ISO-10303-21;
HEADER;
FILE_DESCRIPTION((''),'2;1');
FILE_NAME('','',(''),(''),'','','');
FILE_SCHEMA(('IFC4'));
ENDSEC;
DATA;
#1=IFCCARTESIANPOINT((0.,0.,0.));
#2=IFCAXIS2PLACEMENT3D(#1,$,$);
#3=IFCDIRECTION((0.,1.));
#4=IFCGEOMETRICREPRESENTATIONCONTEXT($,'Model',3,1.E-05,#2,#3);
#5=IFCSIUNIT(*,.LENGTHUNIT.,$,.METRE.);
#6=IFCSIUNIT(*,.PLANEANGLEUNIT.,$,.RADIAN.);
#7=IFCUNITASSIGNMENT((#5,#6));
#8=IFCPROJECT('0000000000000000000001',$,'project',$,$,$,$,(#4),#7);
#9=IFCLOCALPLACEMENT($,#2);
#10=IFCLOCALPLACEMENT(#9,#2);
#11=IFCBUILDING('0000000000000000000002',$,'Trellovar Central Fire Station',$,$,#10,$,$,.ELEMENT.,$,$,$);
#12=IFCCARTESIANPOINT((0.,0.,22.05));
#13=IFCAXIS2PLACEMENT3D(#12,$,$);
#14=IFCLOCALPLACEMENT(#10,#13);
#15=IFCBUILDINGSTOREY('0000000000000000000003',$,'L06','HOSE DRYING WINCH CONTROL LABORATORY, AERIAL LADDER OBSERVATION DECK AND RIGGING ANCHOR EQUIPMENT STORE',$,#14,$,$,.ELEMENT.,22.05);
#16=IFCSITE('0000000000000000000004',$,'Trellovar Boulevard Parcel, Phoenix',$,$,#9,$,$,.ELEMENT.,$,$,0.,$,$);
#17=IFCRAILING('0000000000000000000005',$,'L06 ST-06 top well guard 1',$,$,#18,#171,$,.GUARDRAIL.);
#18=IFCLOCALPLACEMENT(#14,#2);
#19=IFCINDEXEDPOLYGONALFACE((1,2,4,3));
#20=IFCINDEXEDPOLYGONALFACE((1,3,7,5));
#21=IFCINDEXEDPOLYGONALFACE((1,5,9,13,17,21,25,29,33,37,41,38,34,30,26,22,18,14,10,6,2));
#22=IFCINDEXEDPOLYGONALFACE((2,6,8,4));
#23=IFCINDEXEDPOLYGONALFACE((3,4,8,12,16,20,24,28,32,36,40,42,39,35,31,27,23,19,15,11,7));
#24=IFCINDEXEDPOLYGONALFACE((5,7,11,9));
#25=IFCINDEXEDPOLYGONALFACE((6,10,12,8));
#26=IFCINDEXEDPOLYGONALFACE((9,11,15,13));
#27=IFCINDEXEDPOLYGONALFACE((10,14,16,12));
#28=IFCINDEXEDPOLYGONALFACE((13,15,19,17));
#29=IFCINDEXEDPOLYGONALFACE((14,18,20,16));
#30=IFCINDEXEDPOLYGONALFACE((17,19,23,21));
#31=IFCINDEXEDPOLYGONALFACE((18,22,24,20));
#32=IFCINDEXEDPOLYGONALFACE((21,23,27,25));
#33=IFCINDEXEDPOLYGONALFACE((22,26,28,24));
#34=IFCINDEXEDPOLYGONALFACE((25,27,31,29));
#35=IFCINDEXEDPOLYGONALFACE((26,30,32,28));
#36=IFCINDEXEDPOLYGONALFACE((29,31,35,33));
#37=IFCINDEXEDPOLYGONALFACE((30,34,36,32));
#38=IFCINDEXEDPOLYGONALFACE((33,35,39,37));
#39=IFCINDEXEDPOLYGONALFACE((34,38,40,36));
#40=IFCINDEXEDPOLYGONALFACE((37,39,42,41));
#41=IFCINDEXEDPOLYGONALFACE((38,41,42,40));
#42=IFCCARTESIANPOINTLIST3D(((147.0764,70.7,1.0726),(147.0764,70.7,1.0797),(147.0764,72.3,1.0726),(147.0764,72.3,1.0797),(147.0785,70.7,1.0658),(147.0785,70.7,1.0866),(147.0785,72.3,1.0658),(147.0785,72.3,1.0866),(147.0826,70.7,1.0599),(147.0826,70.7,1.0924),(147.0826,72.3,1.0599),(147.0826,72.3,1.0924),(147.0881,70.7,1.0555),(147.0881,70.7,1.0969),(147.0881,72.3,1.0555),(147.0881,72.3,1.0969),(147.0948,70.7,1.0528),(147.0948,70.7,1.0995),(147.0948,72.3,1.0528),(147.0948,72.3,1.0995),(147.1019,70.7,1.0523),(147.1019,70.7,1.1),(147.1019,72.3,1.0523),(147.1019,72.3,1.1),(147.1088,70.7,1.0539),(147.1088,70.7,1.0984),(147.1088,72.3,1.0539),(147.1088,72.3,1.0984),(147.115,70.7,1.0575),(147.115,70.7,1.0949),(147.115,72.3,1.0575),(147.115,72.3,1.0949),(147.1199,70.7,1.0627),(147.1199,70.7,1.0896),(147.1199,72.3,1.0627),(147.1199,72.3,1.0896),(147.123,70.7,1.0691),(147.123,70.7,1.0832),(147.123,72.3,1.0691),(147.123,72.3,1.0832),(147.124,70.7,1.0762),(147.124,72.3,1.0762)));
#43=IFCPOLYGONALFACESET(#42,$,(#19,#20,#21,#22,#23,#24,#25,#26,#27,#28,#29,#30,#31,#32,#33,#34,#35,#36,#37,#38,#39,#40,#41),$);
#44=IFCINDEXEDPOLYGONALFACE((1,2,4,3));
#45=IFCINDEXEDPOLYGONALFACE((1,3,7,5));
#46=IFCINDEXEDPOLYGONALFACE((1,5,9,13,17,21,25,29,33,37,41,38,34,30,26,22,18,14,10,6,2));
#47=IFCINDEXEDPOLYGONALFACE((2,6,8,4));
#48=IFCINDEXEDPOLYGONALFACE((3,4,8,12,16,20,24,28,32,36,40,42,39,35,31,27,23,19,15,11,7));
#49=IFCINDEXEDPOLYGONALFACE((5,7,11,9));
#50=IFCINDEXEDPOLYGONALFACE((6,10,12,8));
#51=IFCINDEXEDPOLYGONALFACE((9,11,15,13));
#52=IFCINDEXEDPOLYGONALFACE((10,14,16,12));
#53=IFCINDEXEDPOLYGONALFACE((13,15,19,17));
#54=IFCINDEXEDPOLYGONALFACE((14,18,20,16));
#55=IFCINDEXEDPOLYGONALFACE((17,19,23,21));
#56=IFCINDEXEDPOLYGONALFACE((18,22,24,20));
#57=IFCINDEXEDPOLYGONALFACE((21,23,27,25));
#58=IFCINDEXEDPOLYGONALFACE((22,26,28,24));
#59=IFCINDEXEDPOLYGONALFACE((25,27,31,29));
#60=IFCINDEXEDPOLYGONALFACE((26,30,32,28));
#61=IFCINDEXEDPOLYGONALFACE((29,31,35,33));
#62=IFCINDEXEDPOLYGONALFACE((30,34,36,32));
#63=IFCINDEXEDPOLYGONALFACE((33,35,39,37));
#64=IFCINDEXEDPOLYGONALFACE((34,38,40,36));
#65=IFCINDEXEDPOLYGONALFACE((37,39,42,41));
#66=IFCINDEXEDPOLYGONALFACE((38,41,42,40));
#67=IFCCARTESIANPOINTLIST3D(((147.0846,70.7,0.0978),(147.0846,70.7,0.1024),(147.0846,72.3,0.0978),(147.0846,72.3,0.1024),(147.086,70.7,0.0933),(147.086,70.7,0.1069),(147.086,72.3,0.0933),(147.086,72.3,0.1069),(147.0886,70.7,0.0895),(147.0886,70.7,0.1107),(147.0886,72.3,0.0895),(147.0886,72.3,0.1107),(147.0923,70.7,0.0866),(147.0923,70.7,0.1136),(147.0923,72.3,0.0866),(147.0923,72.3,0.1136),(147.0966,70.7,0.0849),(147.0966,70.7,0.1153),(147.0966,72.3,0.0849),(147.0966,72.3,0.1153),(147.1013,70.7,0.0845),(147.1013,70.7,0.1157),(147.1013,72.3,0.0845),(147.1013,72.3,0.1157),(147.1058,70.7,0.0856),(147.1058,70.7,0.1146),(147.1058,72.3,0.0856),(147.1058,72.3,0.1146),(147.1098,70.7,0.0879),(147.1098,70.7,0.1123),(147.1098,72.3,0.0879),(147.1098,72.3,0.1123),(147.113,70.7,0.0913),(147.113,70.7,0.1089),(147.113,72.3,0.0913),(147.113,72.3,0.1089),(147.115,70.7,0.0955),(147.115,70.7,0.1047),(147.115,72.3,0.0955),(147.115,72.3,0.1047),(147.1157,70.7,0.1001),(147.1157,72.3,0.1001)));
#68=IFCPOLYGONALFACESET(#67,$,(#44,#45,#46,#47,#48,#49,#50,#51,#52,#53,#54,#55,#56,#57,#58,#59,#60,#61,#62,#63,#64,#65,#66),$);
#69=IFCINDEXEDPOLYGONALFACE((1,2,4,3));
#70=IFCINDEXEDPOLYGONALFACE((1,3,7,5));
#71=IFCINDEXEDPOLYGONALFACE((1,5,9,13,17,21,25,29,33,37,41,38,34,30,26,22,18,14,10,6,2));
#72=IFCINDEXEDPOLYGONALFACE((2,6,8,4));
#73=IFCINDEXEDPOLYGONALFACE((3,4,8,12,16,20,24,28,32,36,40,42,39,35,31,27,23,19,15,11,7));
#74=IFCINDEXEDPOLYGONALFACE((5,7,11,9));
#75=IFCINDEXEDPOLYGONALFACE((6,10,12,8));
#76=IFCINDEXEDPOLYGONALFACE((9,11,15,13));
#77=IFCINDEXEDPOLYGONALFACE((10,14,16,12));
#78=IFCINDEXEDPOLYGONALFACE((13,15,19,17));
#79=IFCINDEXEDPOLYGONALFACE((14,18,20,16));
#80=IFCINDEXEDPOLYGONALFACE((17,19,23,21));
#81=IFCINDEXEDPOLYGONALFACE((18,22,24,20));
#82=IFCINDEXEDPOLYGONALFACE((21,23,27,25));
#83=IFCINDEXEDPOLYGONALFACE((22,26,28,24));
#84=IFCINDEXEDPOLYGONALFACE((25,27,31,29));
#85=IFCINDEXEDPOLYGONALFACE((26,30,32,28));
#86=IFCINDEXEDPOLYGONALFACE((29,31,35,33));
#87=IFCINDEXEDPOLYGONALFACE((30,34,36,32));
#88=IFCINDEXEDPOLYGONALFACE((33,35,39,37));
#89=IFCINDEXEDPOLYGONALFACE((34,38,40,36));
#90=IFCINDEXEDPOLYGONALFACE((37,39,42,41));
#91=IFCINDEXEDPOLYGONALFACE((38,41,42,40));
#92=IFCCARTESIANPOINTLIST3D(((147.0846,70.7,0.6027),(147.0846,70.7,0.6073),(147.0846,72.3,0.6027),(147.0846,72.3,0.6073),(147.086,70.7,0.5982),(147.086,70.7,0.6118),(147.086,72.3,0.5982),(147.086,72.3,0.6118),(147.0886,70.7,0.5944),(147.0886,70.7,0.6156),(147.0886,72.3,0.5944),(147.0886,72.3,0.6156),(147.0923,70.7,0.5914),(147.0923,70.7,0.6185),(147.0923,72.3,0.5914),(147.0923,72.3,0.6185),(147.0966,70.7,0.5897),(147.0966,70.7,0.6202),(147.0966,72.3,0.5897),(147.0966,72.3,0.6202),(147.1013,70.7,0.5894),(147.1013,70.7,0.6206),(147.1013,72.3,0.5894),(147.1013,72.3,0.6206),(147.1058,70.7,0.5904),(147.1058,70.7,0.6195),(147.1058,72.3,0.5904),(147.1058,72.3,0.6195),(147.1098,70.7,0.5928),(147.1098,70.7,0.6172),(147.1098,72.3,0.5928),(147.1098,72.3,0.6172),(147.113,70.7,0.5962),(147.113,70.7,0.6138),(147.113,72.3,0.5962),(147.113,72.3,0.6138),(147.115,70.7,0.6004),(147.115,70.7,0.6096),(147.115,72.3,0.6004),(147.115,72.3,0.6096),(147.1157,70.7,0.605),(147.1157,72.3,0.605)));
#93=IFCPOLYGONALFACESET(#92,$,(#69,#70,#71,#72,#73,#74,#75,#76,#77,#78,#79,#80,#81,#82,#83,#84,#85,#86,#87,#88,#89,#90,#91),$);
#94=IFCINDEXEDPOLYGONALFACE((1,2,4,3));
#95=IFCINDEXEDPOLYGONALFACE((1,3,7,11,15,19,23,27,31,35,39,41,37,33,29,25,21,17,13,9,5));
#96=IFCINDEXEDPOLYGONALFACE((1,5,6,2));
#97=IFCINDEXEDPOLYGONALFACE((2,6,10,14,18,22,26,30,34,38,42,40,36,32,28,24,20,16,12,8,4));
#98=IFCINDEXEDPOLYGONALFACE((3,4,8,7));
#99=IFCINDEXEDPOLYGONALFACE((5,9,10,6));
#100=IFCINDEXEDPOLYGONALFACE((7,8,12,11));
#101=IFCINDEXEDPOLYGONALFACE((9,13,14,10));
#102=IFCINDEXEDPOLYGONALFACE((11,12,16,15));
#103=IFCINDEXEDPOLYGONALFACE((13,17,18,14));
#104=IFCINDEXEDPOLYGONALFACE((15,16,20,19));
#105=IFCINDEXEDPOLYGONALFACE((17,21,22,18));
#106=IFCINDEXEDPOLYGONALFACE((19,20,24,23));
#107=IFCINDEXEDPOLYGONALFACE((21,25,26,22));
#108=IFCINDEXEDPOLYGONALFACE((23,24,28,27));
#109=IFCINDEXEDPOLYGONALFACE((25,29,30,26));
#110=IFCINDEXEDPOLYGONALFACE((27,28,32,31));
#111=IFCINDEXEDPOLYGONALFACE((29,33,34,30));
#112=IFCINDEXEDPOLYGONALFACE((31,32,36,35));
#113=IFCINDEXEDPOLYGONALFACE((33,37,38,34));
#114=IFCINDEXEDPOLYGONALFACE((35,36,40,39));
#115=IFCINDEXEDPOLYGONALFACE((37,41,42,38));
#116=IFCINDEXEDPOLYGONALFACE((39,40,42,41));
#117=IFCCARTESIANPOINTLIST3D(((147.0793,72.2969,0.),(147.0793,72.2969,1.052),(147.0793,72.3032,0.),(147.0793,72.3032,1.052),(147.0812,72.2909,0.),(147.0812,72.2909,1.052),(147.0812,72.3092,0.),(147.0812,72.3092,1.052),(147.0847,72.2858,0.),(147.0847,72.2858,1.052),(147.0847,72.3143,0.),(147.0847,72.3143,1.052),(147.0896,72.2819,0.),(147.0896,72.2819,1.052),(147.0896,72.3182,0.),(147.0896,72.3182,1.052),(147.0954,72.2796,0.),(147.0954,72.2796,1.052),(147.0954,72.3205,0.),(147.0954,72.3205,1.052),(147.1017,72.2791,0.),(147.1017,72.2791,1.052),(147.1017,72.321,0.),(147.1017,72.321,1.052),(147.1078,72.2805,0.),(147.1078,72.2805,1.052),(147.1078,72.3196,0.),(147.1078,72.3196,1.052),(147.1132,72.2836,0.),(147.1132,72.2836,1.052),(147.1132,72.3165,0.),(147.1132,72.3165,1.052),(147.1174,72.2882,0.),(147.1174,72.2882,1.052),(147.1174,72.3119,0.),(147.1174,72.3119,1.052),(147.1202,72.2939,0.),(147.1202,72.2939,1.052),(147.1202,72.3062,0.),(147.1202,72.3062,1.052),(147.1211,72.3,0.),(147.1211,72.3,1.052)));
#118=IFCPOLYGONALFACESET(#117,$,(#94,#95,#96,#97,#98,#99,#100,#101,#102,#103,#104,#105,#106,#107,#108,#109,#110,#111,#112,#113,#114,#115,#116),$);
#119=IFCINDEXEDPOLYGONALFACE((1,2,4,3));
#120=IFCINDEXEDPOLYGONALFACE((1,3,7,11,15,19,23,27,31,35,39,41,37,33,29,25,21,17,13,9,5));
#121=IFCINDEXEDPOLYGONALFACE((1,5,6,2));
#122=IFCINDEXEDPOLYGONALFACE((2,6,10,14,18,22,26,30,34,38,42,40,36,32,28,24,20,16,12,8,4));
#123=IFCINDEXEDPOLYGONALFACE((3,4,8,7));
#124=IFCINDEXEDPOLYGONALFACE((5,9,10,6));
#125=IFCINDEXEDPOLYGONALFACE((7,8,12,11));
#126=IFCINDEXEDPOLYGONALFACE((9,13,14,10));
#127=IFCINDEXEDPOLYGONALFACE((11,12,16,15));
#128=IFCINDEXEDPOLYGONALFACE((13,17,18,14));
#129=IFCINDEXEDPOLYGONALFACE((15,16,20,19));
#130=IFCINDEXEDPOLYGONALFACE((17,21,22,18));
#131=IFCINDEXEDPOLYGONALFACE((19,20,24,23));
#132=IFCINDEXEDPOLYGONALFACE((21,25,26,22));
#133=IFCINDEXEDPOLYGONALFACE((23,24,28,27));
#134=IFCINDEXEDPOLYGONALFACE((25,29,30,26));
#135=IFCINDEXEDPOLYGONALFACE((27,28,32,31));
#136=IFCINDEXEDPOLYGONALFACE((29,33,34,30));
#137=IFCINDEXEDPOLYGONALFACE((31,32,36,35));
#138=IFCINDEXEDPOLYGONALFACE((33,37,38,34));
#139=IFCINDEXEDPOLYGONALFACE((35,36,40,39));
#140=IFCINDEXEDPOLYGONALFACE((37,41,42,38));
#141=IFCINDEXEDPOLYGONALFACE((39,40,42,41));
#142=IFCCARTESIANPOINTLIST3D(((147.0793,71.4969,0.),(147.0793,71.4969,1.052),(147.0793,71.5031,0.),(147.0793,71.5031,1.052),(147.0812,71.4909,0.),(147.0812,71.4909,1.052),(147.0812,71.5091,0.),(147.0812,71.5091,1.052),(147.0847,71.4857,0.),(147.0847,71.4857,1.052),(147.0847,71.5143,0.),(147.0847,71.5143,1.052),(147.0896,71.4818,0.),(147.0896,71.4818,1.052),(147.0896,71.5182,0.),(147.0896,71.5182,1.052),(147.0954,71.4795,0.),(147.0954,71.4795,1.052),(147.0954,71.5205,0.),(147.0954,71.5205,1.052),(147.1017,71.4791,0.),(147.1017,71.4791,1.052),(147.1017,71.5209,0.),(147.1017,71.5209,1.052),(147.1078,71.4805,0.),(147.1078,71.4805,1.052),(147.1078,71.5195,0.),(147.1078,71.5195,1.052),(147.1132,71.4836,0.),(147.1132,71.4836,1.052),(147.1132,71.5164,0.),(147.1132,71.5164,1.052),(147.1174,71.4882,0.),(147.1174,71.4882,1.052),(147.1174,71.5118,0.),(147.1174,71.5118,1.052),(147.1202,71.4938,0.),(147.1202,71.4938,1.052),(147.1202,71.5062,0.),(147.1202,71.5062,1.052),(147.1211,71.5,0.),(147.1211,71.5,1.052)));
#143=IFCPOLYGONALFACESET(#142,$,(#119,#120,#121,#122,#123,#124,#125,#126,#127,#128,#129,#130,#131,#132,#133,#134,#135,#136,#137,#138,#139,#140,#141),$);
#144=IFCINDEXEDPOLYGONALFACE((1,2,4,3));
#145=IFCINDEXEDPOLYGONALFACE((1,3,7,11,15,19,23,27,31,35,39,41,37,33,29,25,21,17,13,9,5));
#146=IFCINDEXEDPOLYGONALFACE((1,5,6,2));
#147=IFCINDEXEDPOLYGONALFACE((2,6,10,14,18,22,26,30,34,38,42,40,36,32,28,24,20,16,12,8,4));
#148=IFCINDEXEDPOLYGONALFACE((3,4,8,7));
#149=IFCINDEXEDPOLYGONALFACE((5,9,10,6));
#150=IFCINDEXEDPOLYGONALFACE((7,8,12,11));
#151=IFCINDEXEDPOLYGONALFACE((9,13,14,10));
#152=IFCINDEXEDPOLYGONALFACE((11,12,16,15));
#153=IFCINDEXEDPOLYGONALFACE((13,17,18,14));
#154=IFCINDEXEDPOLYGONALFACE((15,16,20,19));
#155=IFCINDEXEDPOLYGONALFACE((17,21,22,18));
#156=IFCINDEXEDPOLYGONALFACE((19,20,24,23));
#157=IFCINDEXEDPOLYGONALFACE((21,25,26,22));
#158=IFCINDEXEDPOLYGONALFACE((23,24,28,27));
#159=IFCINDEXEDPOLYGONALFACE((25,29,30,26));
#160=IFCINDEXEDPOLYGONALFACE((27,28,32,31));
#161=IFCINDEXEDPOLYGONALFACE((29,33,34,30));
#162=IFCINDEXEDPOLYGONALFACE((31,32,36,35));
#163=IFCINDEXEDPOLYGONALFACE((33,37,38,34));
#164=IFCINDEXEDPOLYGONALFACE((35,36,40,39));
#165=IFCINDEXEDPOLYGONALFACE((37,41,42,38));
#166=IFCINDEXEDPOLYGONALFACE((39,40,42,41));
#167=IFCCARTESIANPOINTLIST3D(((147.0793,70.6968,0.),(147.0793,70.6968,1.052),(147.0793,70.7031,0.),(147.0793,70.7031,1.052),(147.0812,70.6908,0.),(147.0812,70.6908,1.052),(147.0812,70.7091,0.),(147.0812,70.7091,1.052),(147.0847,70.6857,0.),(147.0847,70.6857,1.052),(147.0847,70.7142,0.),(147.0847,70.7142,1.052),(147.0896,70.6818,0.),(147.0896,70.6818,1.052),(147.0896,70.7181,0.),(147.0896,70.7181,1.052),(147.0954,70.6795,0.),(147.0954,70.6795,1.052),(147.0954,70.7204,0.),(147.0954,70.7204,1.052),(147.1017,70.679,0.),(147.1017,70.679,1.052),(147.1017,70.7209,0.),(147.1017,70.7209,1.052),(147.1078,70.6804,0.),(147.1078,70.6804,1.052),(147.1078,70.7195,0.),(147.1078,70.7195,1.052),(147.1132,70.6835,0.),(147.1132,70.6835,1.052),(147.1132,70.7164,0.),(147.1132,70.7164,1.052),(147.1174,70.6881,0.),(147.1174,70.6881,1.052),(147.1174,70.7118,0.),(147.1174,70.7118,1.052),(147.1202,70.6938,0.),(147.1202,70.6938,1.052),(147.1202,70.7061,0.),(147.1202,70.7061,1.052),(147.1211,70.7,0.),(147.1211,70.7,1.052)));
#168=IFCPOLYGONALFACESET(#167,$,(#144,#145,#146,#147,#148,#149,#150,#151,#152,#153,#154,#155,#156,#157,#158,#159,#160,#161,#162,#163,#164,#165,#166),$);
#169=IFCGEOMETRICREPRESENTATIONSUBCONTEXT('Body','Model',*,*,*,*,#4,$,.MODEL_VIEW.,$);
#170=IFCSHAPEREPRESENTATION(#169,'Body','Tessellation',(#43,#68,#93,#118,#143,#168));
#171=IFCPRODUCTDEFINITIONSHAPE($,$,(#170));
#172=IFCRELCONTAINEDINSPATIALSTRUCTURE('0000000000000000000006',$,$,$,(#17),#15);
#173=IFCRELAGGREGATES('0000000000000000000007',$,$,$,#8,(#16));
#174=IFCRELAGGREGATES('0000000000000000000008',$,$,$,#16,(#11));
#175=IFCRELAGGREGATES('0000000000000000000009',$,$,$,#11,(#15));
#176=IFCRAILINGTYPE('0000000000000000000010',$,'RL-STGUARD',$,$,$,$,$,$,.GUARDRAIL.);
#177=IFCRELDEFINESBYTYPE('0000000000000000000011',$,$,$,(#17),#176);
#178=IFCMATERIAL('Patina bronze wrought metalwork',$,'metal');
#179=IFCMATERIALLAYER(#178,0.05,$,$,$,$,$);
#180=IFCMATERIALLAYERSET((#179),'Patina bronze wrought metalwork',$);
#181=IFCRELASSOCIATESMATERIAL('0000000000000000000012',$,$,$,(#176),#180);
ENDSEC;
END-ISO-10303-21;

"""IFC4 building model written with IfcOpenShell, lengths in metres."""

from ifc_helpers import new_model, si_unit, direction, frame, origin, origin_2d, place, context, subcontext, project, spatial, circle, extrude, material, layer, layer_set, type_object, element, save


model = new_model("IFC4")

# Units and contexts
model_context = context("Model", 3, precision=1e-05, world=origin(), true_north=direction((0.0, 1.0)))
body_context = subcontext(model_context, "Body", "Model", "MODEL_VIEW")
ifc_project = project(units=[si_unit("LENGTHUNIT", "METRE"), si_unit("PLANEANGLEUNIT", "RADIAN")], contexts=[model_context])

# Site, building, storey
site_placement = place(None, origin())
site = spatial("IfcSite", under=ifc_project, at=site_placement, Name="Trellovar Boulevard Parcel, Phoenix", CompositionType="ELEMENT", RefElevation=0.0)
building_placement = place(site_placement, origin())
building = spatial("IfcBuilding", under=site, at=building_placement, Name="Trellovar Central Fire Station", CompositionType="ELEMENT")
storey_placement = place(building_placement, frame((0.0, 0.0, 22.05)))
storey = spatial("IfcBuildingStorey", under=building, at=storey_placement, Name="L06", Description="HOSE DRYING WINCH CONTROL LABORATORY, AERIAL LADDER OBSERVATION DECK AND RIGGING ANCHOR EQUIPMENT STORE", CompositionType="ELEMENT", Elevation=22.05)

# Railing
ifc_material_1 = material(Name="Patina bronze wrought metalwork", Category="metal")
ifc_layer_1 = layer(ifc_material_1, 0.05)
ifc_layer_set_1 = layer_set([ifc_layer_1], Name="Patina bronze wrought metalwork")
railing_type = type_object("IfcRailingType", Name="RL-STGUARD", PredefinedType="GUARDRAIL", material=ifc_layer_set_1)
railing_placement = place(storey_placement, frame((147.1001, 72.3, 0.0)))
element("IfcRailing", 1, at=railing_placement, inside=storey, type_object=railing_type, Name="L06 ST-06 top well guard 1", PredefinedType="GUARDRAIL", context=body_context, shape_type="SweptSolid", body=[
    extrude(circle(Radius=0.0239, at=origin_2d()), frame((0.0, 0.0, 1.0762), z_axis=(0.0, -1.0, 0.0), x_axis=(1.0, 0.0, 0.0)), (0.0, 0.0, 1.0), 1.6001),
    extrude(circle(Radius=0.0156, at=origin_2d()), frame((0.0, 0.0, 0.1001), z_axis=(0.0, -1.0, 0.0), x_axis=(1.0, 0.0, 0.0)), (0.0, 0.0, 1.0), 1.6001),
    extrude(circle(Radius=0.0156, at=origin_2d()), frame((0.0, 0.0, 0.605), z_axis=(0.0, -1.0, 0.0), x_axis=(1.0, 0.0, 0.0)), (0.0, 0.0, 1.0), 1.6001),
    extrude(circle(Radius=0.021, at=origin_2d()), origin(), (0.0, 0.0, 1.0), 1.052),
    extrude(circle(Radius=0.021, at=origin_2d()), frame((0.0, -0.8, 0.0)), (0.0, 0.0, 1.0), 1.052),
    extrude(circle(Radius=0.021, at=origin_2d()), frame((0.0, -1.6001, 0.0)), (0.0, 0.0, 1.0), 1.052),
])

save(model, "model.ifc")
